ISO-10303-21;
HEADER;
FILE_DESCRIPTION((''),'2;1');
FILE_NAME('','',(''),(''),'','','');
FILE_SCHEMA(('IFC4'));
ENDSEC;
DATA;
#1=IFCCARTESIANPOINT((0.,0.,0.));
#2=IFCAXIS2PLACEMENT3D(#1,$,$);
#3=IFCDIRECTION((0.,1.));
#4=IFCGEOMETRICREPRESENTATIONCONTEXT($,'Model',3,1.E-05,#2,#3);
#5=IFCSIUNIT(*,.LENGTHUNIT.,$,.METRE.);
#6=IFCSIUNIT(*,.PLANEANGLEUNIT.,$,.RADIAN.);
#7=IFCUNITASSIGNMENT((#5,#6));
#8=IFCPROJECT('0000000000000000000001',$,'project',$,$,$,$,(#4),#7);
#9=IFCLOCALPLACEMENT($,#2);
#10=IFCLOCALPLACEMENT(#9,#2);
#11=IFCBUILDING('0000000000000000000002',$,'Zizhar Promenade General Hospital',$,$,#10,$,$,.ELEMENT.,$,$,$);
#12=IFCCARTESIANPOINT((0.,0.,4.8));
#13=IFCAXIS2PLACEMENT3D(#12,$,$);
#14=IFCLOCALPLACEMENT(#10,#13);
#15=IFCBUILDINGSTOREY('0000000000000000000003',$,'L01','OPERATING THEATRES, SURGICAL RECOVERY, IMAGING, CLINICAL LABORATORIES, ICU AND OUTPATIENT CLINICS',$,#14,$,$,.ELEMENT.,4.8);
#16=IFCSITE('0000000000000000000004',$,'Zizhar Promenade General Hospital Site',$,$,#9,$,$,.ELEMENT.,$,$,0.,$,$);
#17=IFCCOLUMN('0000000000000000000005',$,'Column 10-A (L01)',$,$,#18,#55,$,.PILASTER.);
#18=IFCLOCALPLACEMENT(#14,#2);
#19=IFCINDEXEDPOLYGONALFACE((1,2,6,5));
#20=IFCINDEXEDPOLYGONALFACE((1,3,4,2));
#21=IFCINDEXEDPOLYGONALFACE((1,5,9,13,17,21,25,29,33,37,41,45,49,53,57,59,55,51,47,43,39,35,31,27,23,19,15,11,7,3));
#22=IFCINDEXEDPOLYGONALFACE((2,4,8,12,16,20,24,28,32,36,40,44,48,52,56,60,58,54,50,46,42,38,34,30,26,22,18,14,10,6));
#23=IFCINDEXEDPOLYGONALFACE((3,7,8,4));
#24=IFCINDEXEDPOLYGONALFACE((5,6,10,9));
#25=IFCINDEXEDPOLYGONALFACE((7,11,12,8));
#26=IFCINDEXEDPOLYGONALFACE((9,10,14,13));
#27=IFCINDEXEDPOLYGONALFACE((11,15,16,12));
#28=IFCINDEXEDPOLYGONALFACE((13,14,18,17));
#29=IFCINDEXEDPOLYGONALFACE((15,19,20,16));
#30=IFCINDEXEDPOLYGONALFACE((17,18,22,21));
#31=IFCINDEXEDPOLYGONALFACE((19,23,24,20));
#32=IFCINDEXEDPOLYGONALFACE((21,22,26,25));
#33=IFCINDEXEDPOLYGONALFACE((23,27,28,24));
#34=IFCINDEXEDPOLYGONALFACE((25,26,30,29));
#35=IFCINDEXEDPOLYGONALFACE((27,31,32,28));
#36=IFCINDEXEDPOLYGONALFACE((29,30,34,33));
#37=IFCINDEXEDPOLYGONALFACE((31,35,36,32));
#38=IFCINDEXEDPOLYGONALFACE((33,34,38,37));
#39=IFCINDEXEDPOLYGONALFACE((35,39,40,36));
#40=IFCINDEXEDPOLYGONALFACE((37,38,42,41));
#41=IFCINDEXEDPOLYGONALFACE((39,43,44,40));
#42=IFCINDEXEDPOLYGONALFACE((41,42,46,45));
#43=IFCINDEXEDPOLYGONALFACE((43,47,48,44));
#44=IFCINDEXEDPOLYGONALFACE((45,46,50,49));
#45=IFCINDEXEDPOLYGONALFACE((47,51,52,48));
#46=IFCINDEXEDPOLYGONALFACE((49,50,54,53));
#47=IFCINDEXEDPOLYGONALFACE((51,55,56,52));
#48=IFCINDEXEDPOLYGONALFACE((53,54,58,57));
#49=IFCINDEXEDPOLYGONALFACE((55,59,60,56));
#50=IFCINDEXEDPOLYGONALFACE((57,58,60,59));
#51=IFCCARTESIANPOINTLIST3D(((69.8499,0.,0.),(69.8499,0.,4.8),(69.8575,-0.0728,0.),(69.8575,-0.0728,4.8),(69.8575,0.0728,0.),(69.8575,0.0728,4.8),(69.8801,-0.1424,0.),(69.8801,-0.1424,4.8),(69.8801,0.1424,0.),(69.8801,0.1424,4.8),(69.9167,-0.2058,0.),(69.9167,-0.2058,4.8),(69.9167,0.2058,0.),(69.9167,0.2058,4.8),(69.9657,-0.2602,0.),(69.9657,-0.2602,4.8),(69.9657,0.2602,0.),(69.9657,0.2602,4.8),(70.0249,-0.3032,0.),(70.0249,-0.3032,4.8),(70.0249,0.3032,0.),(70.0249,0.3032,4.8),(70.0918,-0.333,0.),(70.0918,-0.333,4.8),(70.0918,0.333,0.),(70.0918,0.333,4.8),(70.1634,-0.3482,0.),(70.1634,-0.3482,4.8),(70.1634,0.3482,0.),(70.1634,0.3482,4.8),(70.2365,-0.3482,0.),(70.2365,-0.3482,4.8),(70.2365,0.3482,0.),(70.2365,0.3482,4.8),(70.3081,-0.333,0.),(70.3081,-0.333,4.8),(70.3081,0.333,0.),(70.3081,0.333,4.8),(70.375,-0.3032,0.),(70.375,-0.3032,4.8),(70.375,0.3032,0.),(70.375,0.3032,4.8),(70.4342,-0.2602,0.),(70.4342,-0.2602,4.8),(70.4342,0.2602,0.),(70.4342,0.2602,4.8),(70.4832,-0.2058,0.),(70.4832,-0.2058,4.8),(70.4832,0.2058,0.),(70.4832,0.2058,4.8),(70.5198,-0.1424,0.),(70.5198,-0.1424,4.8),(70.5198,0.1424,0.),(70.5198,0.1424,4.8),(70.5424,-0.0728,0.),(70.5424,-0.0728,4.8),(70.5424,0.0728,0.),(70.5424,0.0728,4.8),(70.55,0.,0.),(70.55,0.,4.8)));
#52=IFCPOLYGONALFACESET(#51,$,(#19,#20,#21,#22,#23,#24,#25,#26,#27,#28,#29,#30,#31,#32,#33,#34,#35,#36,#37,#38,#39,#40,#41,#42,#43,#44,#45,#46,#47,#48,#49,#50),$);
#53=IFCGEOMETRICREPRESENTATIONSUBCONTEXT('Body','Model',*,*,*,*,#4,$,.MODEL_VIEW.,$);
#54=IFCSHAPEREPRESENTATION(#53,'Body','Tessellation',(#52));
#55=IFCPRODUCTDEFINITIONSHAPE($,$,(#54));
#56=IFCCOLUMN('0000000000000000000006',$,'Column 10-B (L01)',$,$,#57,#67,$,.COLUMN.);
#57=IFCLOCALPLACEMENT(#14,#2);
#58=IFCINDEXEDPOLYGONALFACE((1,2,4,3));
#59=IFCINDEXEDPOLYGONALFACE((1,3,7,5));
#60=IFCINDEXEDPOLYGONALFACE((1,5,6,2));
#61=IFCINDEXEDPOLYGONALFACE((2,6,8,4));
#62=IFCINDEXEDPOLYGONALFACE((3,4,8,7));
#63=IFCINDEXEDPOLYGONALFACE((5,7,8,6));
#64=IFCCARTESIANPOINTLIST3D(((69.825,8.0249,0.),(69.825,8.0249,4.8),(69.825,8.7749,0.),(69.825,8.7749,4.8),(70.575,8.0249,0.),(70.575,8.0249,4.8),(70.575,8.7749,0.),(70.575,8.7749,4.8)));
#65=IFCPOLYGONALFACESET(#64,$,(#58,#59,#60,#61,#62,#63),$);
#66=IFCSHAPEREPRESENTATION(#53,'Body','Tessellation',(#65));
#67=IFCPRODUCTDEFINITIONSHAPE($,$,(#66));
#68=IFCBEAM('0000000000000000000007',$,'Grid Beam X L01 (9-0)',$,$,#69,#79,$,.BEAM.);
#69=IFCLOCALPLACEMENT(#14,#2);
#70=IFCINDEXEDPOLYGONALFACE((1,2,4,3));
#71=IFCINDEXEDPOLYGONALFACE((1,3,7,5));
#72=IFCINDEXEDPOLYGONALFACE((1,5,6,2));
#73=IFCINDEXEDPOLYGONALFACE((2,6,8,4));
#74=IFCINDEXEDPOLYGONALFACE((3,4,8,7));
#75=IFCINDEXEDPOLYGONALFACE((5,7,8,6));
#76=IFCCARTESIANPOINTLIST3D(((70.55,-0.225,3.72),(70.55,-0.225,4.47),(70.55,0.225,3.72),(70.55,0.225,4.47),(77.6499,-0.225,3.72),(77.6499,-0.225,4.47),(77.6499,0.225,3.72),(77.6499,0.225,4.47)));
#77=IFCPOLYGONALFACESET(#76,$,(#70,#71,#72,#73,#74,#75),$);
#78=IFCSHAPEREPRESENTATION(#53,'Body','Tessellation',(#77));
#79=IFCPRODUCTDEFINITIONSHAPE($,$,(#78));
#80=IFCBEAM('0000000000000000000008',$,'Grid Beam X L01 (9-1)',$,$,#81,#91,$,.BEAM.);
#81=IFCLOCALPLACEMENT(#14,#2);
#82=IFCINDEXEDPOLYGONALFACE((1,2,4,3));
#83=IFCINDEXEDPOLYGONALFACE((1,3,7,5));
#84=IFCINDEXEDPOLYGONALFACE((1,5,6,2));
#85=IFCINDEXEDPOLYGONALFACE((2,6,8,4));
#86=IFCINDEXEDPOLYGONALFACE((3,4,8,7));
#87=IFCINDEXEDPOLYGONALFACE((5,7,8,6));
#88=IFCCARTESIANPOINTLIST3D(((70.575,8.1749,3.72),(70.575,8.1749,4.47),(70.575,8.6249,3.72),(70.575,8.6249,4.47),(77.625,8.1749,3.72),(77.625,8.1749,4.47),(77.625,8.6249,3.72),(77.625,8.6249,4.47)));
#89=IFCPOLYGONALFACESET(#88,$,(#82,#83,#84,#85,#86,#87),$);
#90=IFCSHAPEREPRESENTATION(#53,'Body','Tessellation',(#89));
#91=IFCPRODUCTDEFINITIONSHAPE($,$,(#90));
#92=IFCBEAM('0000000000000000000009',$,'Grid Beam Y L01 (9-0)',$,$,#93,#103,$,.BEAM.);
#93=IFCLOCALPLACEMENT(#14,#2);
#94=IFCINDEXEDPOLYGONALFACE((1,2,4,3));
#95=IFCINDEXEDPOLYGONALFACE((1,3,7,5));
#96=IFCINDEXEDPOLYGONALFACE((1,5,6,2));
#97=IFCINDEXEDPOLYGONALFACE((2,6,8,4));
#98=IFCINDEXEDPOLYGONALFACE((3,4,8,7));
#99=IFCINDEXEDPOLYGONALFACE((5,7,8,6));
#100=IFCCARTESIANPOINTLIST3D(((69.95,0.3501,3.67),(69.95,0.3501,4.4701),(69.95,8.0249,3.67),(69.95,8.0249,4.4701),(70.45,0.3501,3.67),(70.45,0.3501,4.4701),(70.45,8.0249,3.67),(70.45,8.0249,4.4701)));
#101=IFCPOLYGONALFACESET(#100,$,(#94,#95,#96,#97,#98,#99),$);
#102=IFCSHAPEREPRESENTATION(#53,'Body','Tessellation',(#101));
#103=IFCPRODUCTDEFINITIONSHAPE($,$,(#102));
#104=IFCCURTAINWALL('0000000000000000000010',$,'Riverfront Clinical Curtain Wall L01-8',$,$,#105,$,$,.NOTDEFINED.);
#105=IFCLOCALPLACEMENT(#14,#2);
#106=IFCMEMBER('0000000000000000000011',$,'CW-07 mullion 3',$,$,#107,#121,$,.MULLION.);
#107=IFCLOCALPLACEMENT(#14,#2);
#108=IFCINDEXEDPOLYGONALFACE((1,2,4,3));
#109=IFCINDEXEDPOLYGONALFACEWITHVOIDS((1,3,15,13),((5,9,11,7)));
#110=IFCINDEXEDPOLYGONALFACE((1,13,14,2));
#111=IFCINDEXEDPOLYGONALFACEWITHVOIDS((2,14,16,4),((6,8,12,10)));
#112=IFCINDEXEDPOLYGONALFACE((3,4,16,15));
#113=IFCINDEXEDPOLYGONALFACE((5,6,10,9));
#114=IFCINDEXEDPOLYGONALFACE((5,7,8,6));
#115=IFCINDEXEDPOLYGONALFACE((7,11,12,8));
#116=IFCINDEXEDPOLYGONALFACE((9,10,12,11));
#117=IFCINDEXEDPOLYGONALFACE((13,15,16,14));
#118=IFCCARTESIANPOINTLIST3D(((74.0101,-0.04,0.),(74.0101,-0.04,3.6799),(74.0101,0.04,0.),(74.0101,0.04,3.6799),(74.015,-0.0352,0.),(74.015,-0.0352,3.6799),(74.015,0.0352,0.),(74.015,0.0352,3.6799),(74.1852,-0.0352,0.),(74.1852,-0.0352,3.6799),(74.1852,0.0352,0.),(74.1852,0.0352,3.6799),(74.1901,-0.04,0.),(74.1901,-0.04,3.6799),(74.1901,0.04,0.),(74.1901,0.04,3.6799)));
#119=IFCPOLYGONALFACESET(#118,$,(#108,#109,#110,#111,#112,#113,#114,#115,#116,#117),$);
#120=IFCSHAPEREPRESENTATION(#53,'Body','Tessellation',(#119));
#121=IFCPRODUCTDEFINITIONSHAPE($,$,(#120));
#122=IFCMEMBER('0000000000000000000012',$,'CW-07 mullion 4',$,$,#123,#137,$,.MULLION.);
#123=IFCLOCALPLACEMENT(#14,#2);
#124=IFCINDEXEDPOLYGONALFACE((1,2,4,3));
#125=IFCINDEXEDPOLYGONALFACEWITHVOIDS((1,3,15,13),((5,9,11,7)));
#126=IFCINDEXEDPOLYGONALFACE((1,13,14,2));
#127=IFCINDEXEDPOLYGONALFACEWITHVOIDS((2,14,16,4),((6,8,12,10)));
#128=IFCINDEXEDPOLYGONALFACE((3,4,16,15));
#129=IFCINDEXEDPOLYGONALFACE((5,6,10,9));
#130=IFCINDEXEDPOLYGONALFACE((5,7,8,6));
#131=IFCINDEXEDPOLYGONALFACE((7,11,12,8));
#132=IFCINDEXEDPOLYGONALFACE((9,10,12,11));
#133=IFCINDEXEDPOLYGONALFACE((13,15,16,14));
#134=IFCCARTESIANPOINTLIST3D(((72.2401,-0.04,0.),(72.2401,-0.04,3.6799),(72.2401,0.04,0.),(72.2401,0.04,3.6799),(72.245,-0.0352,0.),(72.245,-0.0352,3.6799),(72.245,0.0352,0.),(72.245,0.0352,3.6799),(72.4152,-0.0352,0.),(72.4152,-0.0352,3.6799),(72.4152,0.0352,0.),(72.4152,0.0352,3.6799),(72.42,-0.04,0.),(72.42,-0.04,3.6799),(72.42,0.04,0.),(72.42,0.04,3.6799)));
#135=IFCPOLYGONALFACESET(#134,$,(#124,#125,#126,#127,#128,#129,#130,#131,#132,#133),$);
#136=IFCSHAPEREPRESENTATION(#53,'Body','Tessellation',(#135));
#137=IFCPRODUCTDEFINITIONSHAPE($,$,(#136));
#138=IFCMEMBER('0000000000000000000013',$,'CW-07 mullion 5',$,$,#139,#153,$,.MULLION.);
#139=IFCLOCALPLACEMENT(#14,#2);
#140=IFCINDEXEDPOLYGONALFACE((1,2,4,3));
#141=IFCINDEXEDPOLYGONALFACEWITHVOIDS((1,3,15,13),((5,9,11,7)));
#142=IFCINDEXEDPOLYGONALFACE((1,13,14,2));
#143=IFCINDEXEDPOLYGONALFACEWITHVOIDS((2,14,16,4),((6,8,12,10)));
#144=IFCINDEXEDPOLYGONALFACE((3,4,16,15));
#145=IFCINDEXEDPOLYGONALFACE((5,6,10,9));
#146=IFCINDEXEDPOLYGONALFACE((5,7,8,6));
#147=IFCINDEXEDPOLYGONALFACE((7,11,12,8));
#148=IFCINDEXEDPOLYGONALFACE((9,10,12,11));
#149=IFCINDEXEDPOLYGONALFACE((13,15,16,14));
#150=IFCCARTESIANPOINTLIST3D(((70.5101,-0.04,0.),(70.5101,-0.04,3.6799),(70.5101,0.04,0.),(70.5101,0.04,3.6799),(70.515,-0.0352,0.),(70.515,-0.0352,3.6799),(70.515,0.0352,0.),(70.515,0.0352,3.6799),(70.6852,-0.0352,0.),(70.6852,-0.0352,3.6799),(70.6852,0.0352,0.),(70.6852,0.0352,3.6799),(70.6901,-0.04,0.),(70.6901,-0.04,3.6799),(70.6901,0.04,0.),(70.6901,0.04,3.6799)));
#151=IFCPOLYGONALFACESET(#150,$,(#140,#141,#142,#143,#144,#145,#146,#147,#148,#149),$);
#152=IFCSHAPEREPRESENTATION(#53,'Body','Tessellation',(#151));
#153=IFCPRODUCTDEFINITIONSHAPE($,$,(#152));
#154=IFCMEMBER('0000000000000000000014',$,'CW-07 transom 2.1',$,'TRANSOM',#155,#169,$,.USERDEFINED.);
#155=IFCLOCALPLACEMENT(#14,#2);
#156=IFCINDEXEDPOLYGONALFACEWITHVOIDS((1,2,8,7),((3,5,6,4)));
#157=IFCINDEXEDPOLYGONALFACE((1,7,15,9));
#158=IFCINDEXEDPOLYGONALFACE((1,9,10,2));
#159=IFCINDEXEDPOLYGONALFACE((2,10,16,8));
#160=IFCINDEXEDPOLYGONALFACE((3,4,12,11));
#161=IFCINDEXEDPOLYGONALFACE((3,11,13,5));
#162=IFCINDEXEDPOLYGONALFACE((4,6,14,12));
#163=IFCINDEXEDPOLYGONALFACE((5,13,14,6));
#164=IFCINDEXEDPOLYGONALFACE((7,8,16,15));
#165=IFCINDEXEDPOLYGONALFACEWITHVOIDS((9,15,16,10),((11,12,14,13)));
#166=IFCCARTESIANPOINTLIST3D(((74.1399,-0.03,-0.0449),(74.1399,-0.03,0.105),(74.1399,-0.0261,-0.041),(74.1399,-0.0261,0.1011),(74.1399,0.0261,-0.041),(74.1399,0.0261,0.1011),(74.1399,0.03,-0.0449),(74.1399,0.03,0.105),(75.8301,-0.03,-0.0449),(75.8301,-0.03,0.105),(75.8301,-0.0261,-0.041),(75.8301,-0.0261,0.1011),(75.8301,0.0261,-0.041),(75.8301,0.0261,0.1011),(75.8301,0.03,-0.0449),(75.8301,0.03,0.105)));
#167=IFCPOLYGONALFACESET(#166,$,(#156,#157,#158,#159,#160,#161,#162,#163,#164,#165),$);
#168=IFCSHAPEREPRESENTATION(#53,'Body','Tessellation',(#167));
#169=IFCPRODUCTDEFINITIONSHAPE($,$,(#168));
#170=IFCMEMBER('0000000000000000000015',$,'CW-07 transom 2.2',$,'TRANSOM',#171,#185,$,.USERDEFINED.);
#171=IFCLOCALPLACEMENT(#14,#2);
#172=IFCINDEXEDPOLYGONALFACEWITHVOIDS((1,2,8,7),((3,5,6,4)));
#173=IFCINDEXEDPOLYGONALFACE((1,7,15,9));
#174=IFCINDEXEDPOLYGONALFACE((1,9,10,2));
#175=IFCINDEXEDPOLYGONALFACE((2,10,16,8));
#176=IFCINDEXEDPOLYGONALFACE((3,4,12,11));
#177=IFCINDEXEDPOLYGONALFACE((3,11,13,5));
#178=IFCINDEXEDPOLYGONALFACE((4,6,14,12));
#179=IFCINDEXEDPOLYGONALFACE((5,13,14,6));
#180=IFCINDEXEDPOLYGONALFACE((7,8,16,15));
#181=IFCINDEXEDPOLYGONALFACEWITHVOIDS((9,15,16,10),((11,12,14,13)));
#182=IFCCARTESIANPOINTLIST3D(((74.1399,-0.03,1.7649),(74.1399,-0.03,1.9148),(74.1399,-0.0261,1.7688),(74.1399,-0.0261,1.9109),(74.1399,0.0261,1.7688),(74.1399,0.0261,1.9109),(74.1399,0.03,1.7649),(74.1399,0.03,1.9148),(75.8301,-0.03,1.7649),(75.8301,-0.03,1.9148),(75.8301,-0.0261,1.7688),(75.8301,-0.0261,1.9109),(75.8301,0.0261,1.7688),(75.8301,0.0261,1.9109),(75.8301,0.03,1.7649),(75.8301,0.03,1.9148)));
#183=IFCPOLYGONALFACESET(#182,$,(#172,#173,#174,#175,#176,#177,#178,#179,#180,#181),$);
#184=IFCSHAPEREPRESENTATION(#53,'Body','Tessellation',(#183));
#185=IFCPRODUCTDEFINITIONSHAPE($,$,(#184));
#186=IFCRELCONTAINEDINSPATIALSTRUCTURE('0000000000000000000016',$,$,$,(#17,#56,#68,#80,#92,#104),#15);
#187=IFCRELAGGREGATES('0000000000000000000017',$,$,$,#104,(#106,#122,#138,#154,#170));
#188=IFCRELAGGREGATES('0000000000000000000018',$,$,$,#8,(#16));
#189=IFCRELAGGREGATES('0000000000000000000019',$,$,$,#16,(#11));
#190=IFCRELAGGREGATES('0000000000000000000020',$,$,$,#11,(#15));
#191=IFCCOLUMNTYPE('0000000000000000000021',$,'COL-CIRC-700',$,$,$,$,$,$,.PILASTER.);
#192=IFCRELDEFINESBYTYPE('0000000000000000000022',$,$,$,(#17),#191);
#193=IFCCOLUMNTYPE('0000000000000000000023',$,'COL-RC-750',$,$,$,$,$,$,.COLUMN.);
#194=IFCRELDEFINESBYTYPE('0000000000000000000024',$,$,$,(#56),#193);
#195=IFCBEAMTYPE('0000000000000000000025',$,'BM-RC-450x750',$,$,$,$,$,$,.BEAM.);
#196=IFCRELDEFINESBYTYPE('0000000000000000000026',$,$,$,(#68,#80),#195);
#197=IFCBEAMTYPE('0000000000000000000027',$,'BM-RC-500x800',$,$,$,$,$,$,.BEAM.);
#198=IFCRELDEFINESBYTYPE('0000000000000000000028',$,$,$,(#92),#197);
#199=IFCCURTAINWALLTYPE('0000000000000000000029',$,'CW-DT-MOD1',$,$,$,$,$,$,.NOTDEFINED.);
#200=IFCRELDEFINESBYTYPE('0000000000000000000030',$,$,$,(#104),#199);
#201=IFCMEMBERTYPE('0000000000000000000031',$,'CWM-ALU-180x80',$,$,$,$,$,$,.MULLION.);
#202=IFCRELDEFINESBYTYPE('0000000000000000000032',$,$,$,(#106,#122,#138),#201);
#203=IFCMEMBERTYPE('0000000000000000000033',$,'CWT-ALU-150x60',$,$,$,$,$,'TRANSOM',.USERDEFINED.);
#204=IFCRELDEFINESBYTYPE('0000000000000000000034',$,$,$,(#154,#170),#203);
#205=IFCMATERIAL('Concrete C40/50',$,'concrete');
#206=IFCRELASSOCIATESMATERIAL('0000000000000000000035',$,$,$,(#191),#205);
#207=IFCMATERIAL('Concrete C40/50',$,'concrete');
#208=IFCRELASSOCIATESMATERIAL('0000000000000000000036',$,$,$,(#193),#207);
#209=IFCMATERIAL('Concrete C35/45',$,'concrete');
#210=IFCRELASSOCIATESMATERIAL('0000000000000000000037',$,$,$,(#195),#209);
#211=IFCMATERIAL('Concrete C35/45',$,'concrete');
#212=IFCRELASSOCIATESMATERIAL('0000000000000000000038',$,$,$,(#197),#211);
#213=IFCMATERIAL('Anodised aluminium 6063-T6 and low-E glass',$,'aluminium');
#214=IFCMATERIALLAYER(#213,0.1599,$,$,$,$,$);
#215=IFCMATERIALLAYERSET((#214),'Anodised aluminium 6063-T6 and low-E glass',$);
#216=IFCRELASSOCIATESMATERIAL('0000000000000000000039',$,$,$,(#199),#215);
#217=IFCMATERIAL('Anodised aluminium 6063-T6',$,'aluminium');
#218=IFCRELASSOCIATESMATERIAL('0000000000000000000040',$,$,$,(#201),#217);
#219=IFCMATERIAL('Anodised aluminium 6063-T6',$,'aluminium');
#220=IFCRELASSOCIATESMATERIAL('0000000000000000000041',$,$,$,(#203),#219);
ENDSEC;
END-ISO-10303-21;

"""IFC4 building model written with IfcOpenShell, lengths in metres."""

from ifc_helpers import new_model, si_unit, direction, frame, origin, origin_2d, place, context, subcontext, project, spatial, rectangle, hollow_rectangle, circle, extrude, material, layer, layer_set, material_profile, profile_set, type_object, element, aggregate, save


model = new_model("IFC4")

# Units and contexts
model_context = context("Model", 3, precision=1e-05, world=origin(), true_north=direction((0.0, 1.0)))
body_context = subcontext(model_context, "Body", "Model", "MODEL_VIEW")
ifc_project = project(units=[si_unit("LENGTHUNIT", "METRE"), si_unit("PLANEANGLEUNIT", "RADIAN")], contexts=[model_context])

# Site, building, storey
site_placement = place(None, origin())
site = spatial("IfcSite", under=ifc_project, at=site_placement, Name="Zizhar Promenade General Hospital Site", CompositionType="ELEMENT", RefElevation=0.0)
building_placement = place(site_placement, origin())
building = spatial("IfcBuilding", under=site, at=building_placement, Name="Zizhar Promenade General Hospital", CompositionType="ELEMENT")
storey_placement = place(building_placement, frame((0.0, 0.0, 4.8)))
storey = spatial("IfcBuildingStorey", under=building, at=storey_placement, Name="L01", Description="OPERATING THEATRES, SURGICAL RECOVERY, IMAGING, CLINICAL LABORATORIES, ICU AND OUTPATIENT CLINICS", CompositionType="ELEMENT", Elevation=4.8)

# Columns
ifc_material_1 = material(Name="Concrete C40/50", Category="concrete")
ifc_material_profile_1 = material_profile(ifc_material_1, circle(Radius=0.3501, at=origin_2d()))
ifc_profile_set_1 = profile_set([ifc_material_profile_1], Name="Concrete C40/50")
column_type_1 = type_object("IfcColumnType", Name="COL-CIRC-700", PredefinedType="PILASTER", material=ifc_profile_set_1)
column_1_placement = place(storey_placement, frame((70.2, 0.0, 0.0), z_axis=(0.0, 0.0, 1.0), x_axis=(1.0, 0.0, 0.0)))
element("IfcColumn", 1, at=column_1_placement, inside=storey, type_object=column_type_1, Name="Column 10-A (L01)", PredefinedType="PILASTER", context=body_context, shape_type="SweptSolid", body=[
    extrude(circle(Radius=0.3501, at=origin_2d()), origin(), (0.0, 0.0, 1.0), 4.8),
])
ifc_material_2 = material(Name="Concrete C40/50", Category="concrete")
ifc_material_profile_2 = material_profile(ifc_material_2, rectangle(XDim=0.75, YDim=0.75, at=origin_2d()))
ifc_profile_set_2 = profile_set([ifc_material_profile_2], Name="Concrete C40/50")
column_type_2 = type_object("IfcColumnType", Name="COL-RC-750", PredefinedType="COLUMN", material=ifc_profile_set_2)
column_2_placement = place(storey_placement, frame((70.2, 8.3999, 0.0), z_axis=(0.0, 0.0, 1.0), x_axis=(1.0, 0.0, 0.0)))
element("IfcColumn", 2, at=column_2_placement, inside=storey, type_object=column_type_2, Name="Column 10-B (L01)", PredefinedType="COLUMN", context=body_context, shape_type="SweptSolid", body=[
    extrude(rectangle(XDim=0.75, YDim=0.75, at=origin_2d()), origin(), (0.0, 0.0, 1.0), 4.8),
])

# Beams
ifc_material_3 = material(Name="Concrete C35/45", Category="concrete")
ifc_material_profile_3 = material_profile(ifc_material_3, rectangle(XDim=0.45, YDim=0.75, at=origin_2d()))
ifc_profile_set_3 = profile_set([ifc_material_profile_3], Name="Concrete C35/45")
beam_type_1 = type_object("IfcBeamType", Name="BM-RC-450x750", PredefinedType="BEAM", material=ifc_profile_set_3)
beam_1_placement = place(storey_placement, frame((70.55, 0.0, 4.095), z_axis=(1.0, 0.0, 0.0), x_axis=(0.0, 1.0, 0.0)))
element("IfcBeam", 3, at=beam_1_placement, inside=storey, type_object=beam_type_1, Name="Grid Beam X L01 (9-0)", PredefinedType="BEAM", context=body_context, shape_type="SweptSolid", body=[
    extrude(rectangle(XDim=0.45, YDim=0.75, at=origin_2d()), origin(), (0.0, 0.0, 1.0), 7.0999),
])
beam_2_placement = place(storey_placement, frame((70.575, 8.3999, 4.095), z_axis=(1.0, 0.0, 0.0), x_axis=(0.0, 1.0, 0.0)))
element("IfcBeam", 4, at=beam_2_placement, inside=storey, type_object=beam_type_1, Name="Grid Beam X L01 (9-1)", PredefinedType="BEAM", context=body_context, shape_type="SweptSolid", body=[
    extrude(rectangle(XDim=0.45, YDim=0.75, at=origin_2d()), origin(), (0.0, 0.0, 1.0), 7.05),
])
ifc_material_4 = material(Name="Concrete C35/45", Category="concrete")
ifc_material_profile_4 = material_profile(ifc_material_4, rectangle(XDim=0.5, YDim=0.8, at=origin_2d()))
ifc_profile_set_4 = profile_set([ifc_material_profile_4], Name="Concrete C35/45")
beam_type_2 = type_object("IfcBeamType", Name="BM-RC-500x800", PredefinedType="BEAM", material=ifc_profile_set_4)
beam_3_placement = place(storey_placement, frame((70.2, 0.3501, 4.0701), z_axis=(0.0, 1.0, 0.0), x_axis=(-1.0, 0.0, 0.0)))
element("IfcBeam", 5, at=beam_3_placement, inside=storey, type_object=beam_type_2, Name="Grid Beam Y L01 (9-0)", PredefinedType="BEAM", context=body_context, shape_type="SweptSolid", body=[
    extrude(rectangle(XDim=0.5, YDim=0.8, at=origin_2d()), origin(), (0.0, 0.0, 1.0), 7.6748),
])

# Curtain wall, members
ifc_material_5 = material(Name="Anodised aluminium 6063-T6 and low-E glass", Category="aluminium")
ifc_layer_1 = layer(ifc_material_5, 0.1599)
ifc_layer_set_1 = layer_set([ifc_layer_1], Name="Anodised aluminium 6063-T6 and low-E glass")
curtain_wall_type = type_object("IfcCurtainWallType", Name="CW-DT-MOD1", PredefinedType="NOTDEFINED", material=ifc_layer_set_1)
curtain_wall_placement = place(storey_placement, origin())
curtain_wall = element("IfcCurtainWall", 6, at=curtain_wall_placement, inside=storey, type_object=curtain_wall_type, Name="Riverfront Clinical Curtain Wall L01-8", PredefinedType="NOTDEFINED")
ifc_material_6 = material(Name="Anodised aluminium 6063-T6", Category="aluminium")
ifc_material_profile_5 = material_profile(ifc_material_6, hollow_rectangle(XDim=0.0801, YDim=0.1799, WallThickness=0.0049, at=origin_2d()))
ifc_profile_set_5 = profile_set([ifc_material_profile_5], Name="Anodised aluminium 6063-T6")
member_type_1 = type_object("IfcMemberType", Name="CWM-ALU-180x80", PredefinedType="MULLION", material=ifc_profile_set_5)
member_1_placement = place(storey_placement, frame((74.1001, 0.0, 0.0), z_axis=(0.0, 0.0, 1.0), x_axis=(0.0, -1.0, 0.0)))
member_1 = element("IfcMember", 7, at=member_1_placement, type_object=member_type_1, Name="CW-07 mullion 3", PredefinedType="MULLION", context=body_context, shape_type="SweptSolid", body=[
    extrude(hollow_rectangle(XDim=0.0801, YDim=0.1799, WallThickness=0.0049, at=origin_2d()), origin(), (0.0, 0.0, 1.0), 3.6799),
])
member_2_placement = place(storey_placement, frame((72.3301, 0.0, 0.0), z_axis=(0.0, 0.0, 1.0), x_axis=(0.0, -1.0, 0.0)))
member_2 = element("IfcMember", 8, at=member_2_placement, type_object=member_type_1, Name="CW-07 mullion 4", PredefinedType="MULLION", context=body_context, shape_type="SweptSolid", body=[
    extrude(hollow_rectangle(XDim=0.0801, YDim=0.1799, WallThickness=0.0049, at=origin_2d()), origin(), (0.0, 0.0, 1.0), 3.6799),
])
member_3_placement = place(storey_placement, frame((70.6001, 0.0, 0.0), z_axis=(0.0, 0.0, 1.0), x_axis=(0.0, -1.0, 0.0)))
member_3 = element("IfcMember", 9, at=member_3_placement, type_object=member_type_1, Name="CW-07 mullion 5", PredefinedType="MULLION", context=body_context, shape_type="SweptSolid", body=[
    extrude(hollow_rectangle(XDim=0.0801, YDim=0.1799, WallThickness=0.0049, at=origin_2d()), origin(), (0.0, 0.0, 1.0), 3.6799),
])
ifc_material_7 = material(Name="Anodised aluminium 6063-T6", Category="aluminium")
ifc_material_profile_6 = material_profile(ifc_material_7, hollow_rectangle(XDim=0.0601, YDim=0.1499, WallThickness=0.0039, at=origin_2d()))
ifc_profile_set_6 = profile_set([ifc_material_profile_6], Name="Anodised aluminium 6063-T6")
member_type_2 = type_object("IfcMemberType", Name="CWT-ALU-150x60", ElementType="TRANSOM", PredefinedType="USERDEFINED", material=ifc_profile_set_6)
member_4_placement = place(storey_placement, frame((75.8301, 0.0, 0.03), z_axis=(-1.0, 0.0, 0.0), x_axis=(0.0, -1.0, 0.0)))
member_4 = element("IfcMember", 10, at=member_4_placement, type_object=member_type_2, Name="CW-07 transom 2.1", ObjectType="TRANSOM", PredefinedType="USERDEFINED", context=body_context, shape_type="SweptSolid", body=[
    extrude(hollow_rectangle(XDim=0.0601, YDim=0.1499, WallThickness=0.0039, at=origin_2d()), origin(), (0.0, 0.0, 1.0), 1.6902),
])
member_5_placement = place(storey_placement, frame((75.8301, 0.0, 1.8398), z_axis=(-1.0, 0.0, 0.0), x_axis=(0.0, -1.0, 0.0)))
member_5 = element("IfcMember", 11, at=member_5_placement, type_object=member_type_2, Name="CW-07 transom 2.2", ObjectType="TRANSOM", PredefinedType="USERDEFINED", context=body_context, shape_type="SweptSolid", body=[
    extrude(hollow_rectangle(XDim=0.0601, YDim=0.1499, WallThickness=0.0039, at=origin_2d()), origin(), (0.0, 0.0, 1.0), 1.6902),
])
aggregate(curtain_wall, [member_1, member_2, member_3, member_4, member_5])

save(model, "model.ifc")
